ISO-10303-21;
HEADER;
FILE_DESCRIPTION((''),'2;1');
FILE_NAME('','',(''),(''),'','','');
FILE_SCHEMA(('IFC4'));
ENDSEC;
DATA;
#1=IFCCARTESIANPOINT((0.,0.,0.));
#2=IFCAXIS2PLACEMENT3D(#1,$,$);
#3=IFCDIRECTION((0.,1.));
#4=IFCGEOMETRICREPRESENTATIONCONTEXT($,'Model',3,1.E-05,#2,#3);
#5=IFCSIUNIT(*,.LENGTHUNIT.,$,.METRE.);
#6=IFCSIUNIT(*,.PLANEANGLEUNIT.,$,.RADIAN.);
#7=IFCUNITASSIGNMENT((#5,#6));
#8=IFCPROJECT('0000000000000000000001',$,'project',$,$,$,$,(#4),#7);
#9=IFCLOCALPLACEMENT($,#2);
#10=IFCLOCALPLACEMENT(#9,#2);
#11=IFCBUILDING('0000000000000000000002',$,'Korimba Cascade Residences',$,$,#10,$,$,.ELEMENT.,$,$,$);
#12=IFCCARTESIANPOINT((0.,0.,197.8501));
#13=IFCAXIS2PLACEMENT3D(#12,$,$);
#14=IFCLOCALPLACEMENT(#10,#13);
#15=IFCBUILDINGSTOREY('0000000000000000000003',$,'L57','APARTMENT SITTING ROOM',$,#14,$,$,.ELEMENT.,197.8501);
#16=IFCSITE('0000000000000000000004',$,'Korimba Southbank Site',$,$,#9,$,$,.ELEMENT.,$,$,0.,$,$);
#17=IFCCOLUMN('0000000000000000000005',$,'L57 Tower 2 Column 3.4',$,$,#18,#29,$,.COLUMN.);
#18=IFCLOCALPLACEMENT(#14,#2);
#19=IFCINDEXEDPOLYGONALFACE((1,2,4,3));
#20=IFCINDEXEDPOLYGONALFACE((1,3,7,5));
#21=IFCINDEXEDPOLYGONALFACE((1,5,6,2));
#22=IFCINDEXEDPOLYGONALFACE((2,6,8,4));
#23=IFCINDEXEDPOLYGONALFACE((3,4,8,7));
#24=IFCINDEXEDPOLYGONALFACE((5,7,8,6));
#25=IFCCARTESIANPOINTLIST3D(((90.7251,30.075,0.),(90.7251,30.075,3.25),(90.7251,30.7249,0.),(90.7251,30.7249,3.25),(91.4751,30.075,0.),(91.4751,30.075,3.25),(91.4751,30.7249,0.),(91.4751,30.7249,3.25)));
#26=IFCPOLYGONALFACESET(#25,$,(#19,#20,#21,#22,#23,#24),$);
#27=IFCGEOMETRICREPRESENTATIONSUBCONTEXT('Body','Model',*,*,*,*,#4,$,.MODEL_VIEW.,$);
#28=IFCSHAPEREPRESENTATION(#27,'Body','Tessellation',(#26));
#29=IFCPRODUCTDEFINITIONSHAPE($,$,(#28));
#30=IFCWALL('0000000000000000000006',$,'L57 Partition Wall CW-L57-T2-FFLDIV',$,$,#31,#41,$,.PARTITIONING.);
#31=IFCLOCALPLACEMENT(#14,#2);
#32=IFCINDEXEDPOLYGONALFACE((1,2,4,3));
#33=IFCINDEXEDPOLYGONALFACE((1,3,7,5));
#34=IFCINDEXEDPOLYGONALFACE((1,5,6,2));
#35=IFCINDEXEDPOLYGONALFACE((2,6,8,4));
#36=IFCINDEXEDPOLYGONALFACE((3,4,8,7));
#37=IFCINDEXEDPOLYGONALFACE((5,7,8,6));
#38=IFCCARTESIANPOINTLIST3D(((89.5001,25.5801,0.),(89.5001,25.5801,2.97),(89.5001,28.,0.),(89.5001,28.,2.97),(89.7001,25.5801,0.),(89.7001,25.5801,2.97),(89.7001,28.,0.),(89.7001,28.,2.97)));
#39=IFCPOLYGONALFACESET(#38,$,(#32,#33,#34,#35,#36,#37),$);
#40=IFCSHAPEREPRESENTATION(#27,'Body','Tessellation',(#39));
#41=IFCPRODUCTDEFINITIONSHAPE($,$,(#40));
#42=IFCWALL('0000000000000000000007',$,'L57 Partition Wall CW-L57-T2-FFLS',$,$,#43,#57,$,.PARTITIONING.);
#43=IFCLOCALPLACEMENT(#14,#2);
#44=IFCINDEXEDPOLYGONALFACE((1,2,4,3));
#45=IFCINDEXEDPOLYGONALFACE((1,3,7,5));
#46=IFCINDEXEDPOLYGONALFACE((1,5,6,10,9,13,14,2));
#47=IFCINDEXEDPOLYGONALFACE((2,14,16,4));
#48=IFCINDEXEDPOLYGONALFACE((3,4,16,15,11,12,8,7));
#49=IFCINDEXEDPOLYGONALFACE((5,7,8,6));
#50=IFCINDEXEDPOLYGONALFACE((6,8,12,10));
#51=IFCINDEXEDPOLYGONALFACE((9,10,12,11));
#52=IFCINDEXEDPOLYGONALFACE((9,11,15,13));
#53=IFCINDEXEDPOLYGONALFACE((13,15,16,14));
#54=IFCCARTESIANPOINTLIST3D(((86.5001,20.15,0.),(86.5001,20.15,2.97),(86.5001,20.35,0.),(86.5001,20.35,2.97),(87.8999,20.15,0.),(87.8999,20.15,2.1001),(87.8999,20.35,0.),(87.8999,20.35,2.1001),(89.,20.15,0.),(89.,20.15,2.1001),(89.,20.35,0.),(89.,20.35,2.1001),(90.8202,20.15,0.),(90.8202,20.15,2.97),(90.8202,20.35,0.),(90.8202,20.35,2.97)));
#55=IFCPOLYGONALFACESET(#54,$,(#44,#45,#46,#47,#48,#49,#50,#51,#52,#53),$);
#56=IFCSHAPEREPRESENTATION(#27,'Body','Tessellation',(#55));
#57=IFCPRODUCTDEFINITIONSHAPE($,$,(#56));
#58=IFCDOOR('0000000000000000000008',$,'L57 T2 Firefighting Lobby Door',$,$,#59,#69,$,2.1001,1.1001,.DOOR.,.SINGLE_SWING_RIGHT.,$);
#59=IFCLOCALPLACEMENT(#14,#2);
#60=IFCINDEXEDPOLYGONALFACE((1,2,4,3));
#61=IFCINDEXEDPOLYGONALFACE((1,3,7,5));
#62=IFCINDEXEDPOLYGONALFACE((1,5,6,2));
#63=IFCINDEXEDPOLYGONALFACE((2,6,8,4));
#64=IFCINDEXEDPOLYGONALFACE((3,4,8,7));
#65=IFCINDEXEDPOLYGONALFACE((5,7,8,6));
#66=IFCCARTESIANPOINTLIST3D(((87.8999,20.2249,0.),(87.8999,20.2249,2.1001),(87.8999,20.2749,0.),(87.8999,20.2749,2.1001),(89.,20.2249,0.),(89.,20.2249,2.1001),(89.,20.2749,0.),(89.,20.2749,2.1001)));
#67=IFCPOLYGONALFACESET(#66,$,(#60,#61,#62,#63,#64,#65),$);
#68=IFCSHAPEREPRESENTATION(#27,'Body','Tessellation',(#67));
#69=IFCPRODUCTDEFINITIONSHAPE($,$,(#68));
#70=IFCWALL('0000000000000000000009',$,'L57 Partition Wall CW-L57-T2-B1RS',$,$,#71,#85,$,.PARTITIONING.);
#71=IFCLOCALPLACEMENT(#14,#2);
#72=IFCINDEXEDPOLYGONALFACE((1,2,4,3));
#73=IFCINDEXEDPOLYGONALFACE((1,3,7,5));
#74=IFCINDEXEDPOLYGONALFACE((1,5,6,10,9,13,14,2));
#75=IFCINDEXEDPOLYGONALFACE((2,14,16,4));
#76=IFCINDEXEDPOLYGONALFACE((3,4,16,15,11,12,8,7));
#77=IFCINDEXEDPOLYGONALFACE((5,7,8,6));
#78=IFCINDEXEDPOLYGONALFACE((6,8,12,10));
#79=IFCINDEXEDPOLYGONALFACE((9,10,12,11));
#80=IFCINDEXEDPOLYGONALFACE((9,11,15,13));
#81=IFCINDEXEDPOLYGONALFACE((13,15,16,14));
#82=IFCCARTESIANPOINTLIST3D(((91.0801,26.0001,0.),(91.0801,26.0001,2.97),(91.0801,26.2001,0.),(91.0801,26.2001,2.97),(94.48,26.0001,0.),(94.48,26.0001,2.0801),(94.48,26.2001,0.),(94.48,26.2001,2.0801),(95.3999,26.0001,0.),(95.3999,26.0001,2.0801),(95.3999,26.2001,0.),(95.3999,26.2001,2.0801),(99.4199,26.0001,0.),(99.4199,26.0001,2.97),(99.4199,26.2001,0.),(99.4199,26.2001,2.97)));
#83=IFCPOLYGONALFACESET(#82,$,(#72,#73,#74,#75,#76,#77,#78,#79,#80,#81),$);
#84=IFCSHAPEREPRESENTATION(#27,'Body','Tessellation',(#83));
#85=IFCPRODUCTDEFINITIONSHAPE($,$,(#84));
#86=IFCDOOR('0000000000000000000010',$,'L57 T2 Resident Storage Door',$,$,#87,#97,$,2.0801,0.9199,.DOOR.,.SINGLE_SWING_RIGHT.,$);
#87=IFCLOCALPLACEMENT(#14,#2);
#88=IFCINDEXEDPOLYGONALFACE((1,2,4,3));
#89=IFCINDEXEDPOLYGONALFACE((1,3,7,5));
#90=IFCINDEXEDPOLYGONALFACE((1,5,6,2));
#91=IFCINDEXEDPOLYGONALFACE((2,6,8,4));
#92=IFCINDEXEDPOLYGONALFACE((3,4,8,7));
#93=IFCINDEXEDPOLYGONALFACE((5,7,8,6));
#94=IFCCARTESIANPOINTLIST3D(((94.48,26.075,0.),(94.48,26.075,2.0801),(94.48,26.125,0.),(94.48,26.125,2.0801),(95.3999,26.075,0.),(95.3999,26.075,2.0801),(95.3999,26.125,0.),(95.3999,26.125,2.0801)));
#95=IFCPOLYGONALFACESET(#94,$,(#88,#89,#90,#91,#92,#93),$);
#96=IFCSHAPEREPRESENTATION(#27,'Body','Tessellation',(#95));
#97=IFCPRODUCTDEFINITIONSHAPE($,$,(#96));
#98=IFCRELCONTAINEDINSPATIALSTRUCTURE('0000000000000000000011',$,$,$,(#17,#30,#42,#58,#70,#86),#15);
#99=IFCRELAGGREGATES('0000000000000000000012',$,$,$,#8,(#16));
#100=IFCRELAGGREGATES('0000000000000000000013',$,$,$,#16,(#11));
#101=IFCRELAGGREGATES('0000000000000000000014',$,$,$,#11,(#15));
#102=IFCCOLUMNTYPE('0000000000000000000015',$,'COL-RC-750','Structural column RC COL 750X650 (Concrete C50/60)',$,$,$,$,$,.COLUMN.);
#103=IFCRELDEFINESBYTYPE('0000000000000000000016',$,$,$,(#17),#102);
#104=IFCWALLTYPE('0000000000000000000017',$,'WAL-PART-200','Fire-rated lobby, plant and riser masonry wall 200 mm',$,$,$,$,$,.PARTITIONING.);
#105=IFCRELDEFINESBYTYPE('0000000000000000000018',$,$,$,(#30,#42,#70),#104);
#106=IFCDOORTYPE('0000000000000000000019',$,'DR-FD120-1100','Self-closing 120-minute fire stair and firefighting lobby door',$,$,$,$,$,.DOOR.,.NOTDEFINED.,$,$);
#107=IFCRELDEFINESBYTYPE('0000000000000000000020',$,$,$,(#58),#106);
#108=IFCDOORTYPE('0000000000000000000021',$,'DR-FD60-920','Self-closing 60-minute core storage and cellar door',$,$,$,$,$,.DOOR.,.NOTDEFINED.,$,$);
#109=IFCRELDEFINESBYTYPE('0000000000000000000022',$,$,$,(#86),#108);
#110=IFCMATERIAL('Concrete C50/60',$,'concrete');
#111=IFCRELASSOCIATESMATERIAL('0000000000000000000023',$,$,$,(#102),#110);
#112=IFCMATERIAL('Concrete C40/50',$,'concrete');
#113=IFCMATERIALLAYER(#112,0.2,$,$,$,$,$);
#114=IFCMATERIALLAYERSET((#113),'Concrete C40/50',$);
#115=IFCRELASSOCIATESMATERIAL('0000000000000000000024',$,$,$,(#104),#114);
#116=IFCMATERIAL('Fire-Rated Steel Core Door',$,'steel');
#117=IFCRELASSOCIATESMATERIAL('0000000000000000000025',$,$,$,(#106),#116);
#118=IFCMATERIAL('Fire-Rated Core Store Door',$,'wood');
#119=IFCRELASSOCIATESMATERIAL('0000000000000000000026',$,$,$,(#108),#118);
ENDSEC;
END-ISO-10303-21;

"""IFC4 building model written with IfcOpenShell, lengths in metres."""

from ifc_helpers import new_model, si_unit, direction, frame, frame_2d, origin, origin_2d, place, context, subcontext, project, spatial, rectangle, extrude, material, layer, layer_set, material_profile, profile_set, type_object, element, fill, save


model = new_model("IFC4")

# Units and contexts
model_context = context("Model", 3, precision=1e-05, world=origin(), true_north=direction((0.0, 1.0)))
body_context = subcontext(model_context, "Body", "Model", "MODEL_VIEW")
ifc_project = project(units=[si_unit("LENGTHUNIT", "METRE"), si_unit("PLANEANGLEUNIT", "RADIAN")], contexts=[model_context])

# Site, building, storey
site_placement = place(None, origin())
site = spatial("IfcSite", under=ifc_project, at=site_placement, Name="Korimba Southbank Site", CompositionType="ELEMENT", RefElevation=0.0)
building_placement = place(site_placement, origin())
building = spatial("IfcBuilding", under=site, at=building_placement, Name="Korimba Cascade Residences", CompositionType="ELEMENT")
storey_placement = place(building_placement, frame((0.0, 0.0, 197.8501)))
storey = spatial("IfcBuildingStorey", under=building, at=storey_placement, Name="L57", Description="APARTMENT SITTING ROOM", CompositionType="ELEMENT", Elevation=197.8501)

# Column
ifc_material_1 = material(Name="Concrete C50/60", Category="concrete")
ifc_material_profile = material_profile(ifc_material_1, rectangle(XDim=0.75, YDim=0.6499, at=origin_2d()), Name="Concrete C50/60")
ifc_profile_set = profile_set([ifc_material_profile], Name="Concrete C50/60")
column_type = type_object("IfcColumnType", Name="COL-RC-750", Description="Structural column RC COL 750X650 (Concrete C50/60)", PredefinedType="COLUMN", material=ifc_profile_set)
column_placement = place(storey_placement, frame((91.1001, 30.3999, 0.0), z_axis=(0.0, 0.0, 1.0), x_axis=(1.0, 0.0, 0.0)))
element("IfcColumn", 1, at=column_placement, inside=storey, type_object=column_type, Name="L57 Tower 2 Column 3.4", PredefinedType="COLUMN", context=body_context, shape_type="SweptSolid", body=[
    extrude(rectangle(XDim=0.75, YDim=0.6499, at=origin_2d()), origin(), (0.0, 0.0, 1.0), 3.25),
])

# Wall
ifc_material_2 = material(Name="Concrete C40/50", Category="concrete")
ifc_layer_1 = layer(ifc_material_2, 0.2)
ifc_layer_set_1 = layer_set([ifc_layer_1], Name="Concrete C40/50")
wall_type_1 = type_object("IfcWallType", Name="WAL-PART-200", Description="Fire-rated lobby, plant and riser masonry wall 200 mm", PredefinedType="PARTITIONING", material=ifc_layer_set_1)
wall_1_placement = place(storey_placement, frame((89.6001, 25.5801, 0.0), z_axis=(0.0, 0.0, 1.0), x_axis=(0.0, 1.0, 0.0)))
element("IfcWall", 2, at=wall_1_placement, inside=storey, type_object=wall_type_1, Name="L57 Partition Wall CW-L57-T2-FFLDIV", PredefinedType="PARTITIONING", context=body_context, shape_type="SweptSolid", body=[
    extrude(rectangle(XDim=2.4199, YDim=0.2, at=frame_2d((1.21, 0.0))), origin(), (0.0, 0.0, 1.0), 2.97),
])

# Walls, openings, doors
wall_2_placement = place(storey_placement, frame((86.5, 20.25, 0.0), z_axis=(0.0, 0.0, 1.0), x_axis=(1.0, 0.0, 0.0)))
wall_2 = element("IfcWall", 3, at=wall_2_placement, inside=storey, type_object=wall_type_1, Name="L57 Partition Wall CW-L57-T2-FFLS", PredefinedType="PARTITIONING", context=body_context, shape_type="SweptSolid", body=[
    extrude(rectangle(XDim=4.3201, YDim=0.2, at=frame_2d((2.1602, 0.0))), origin(), (0.0, 0.0, 1.0), 2.97),
])
opening_1_placement = place(wall_2_placement, frame((1.3999, 0.0, 0.0)))
opening_1 = element("IfcOpeningElement", 4, at=opening_1_placement, cuts=wall_2, PredefinedType="OPENING", context=body_context, shape_type="SweptSolid", body=[
    extrude(rectangle(XDim=1.1001, YDim=2.1001, at=frame_2d((0.55, 1.05))), frame((0.0, 0.1099, 0.0), z_axis=(0.0, -1.0, 0.0), x_axis=(1.0, 0.0, 0.0)), (0.0, 0.0, 1.0), 0.22),
])
ifc_material_3 = material(Name="Fire-Rated Steel Core Door", Category="steel")
door_type_1 = type_object("IfcDoorType", Name="DR-FD120-1100", Description="Self-closing 120-minute fire stair and firefighting lobby door", OperationType="NOTDEFINED", PredefinedType="DOOR", material=ifc_material_3)
door_1_placement = place(opening_1_placement, origin())
door_1 = element("IfcDoor", 5, at=door_1_placement, inside=storey, type_object=door_type_1, Name="L57 T2 Firefighting Lobby Door", OperationType="SINGLE_SWING_RIGHT", OverallHeight=2.1001, OverallWidth=1.1001, PredefinedType="DOOR", context=body_context, shape_type="SweptSolid", body=[
    extrude(rectangle(XDim=1.1001, YDim=2.1001, at=frame_2d((0.55, 1.05))), frame((0.0, 0.0249, 0.0), z_axis=(0.0, -1.0, 0.0), x_axis=(1.0, 0.0, 0.0)), (0.0, 0.0, 1.0), 0.05),
])
fill(opening_1, door_1)
wall_3_placement = place(storey_placement, frame((91.0801, 26.1001, 0.0), z_axis=(0.0, 0.0, 1.0), x_axis=(1.0, 0.0, 0.0)))
wall_3 = element("IfcWall", 6, at=wall_3_placement, inside=storey, type_object=wall_type_1, Name="L57 Partition Wall CW-L57-T2-B1RS", PredefinedType="PARTITIONING", context=body_context, shape_type="SweptSolid", body=[
    extrude(rectangle(XDim=8.3398, YDim=0.2, at=frame_2d((4.1699, 0.0))), origin(), (0.0, 0.0, 1.0), 2.97),
])
opening_2_placement = place(wall_3_placement, frame((3.3999, 0.0, 0.0)))
opening_2 = element("IfcOpeningElement", 7, at=opening_2_placement, cuts=wall_3, PredefinedType="OPENING", context=body_context, shape_type="SweptSolid", body=[
    extrude(rectangle(XDim=0.9199, YDim=2.0801, at=frame_2d((0.46, 1.04))), frame((0.0, 0.1099, 0.0), z_axis=(0.0, -1.0, 0.0), x_axis=(1.0, 0.0, 0.0)), (0.0, 0.0, 1.0), 0.22),
])
ifc_material_4 = material(Name="Fire-Rated Core Store Door", Category="wood")
door_type_2 = type_object("IfcDoorType", Name="DR-FD60-920", Description="Self-closing 60-minute core storage and cellar door", OperationType="NOTDEFINED", PredefinedType="DOOR", material=ifc_material_4)
door_2_placement = place(opening_2_placement, origin())
door_2 = element("IfcDoor", 8, at=door_2_placement, inside=storey, type_object=door_type_2, Name="L57 T2 Resident Storage Door", OperationType="SINGLE_SWING_RIGHT", OverallHeight=2.0801, OverallWidth=0.9199, PredefinedType="DOOR", context=body_context, shape_type="SweptSolid", body=[
    extrude(rectangle(XDim=0.9199, YDim=2.0801, at=frame_2d((0.46, 1.04))), frame((0.0, 0.0249, 0.0), z_axis=(0.0, -1.0, 0.0), x_axis=(1.0, 0.0, 0.0)), (0.0, 0.0, 1.0), 0.05),
])
fill(opening_2, door_2)

save(model, "model.ifc")
